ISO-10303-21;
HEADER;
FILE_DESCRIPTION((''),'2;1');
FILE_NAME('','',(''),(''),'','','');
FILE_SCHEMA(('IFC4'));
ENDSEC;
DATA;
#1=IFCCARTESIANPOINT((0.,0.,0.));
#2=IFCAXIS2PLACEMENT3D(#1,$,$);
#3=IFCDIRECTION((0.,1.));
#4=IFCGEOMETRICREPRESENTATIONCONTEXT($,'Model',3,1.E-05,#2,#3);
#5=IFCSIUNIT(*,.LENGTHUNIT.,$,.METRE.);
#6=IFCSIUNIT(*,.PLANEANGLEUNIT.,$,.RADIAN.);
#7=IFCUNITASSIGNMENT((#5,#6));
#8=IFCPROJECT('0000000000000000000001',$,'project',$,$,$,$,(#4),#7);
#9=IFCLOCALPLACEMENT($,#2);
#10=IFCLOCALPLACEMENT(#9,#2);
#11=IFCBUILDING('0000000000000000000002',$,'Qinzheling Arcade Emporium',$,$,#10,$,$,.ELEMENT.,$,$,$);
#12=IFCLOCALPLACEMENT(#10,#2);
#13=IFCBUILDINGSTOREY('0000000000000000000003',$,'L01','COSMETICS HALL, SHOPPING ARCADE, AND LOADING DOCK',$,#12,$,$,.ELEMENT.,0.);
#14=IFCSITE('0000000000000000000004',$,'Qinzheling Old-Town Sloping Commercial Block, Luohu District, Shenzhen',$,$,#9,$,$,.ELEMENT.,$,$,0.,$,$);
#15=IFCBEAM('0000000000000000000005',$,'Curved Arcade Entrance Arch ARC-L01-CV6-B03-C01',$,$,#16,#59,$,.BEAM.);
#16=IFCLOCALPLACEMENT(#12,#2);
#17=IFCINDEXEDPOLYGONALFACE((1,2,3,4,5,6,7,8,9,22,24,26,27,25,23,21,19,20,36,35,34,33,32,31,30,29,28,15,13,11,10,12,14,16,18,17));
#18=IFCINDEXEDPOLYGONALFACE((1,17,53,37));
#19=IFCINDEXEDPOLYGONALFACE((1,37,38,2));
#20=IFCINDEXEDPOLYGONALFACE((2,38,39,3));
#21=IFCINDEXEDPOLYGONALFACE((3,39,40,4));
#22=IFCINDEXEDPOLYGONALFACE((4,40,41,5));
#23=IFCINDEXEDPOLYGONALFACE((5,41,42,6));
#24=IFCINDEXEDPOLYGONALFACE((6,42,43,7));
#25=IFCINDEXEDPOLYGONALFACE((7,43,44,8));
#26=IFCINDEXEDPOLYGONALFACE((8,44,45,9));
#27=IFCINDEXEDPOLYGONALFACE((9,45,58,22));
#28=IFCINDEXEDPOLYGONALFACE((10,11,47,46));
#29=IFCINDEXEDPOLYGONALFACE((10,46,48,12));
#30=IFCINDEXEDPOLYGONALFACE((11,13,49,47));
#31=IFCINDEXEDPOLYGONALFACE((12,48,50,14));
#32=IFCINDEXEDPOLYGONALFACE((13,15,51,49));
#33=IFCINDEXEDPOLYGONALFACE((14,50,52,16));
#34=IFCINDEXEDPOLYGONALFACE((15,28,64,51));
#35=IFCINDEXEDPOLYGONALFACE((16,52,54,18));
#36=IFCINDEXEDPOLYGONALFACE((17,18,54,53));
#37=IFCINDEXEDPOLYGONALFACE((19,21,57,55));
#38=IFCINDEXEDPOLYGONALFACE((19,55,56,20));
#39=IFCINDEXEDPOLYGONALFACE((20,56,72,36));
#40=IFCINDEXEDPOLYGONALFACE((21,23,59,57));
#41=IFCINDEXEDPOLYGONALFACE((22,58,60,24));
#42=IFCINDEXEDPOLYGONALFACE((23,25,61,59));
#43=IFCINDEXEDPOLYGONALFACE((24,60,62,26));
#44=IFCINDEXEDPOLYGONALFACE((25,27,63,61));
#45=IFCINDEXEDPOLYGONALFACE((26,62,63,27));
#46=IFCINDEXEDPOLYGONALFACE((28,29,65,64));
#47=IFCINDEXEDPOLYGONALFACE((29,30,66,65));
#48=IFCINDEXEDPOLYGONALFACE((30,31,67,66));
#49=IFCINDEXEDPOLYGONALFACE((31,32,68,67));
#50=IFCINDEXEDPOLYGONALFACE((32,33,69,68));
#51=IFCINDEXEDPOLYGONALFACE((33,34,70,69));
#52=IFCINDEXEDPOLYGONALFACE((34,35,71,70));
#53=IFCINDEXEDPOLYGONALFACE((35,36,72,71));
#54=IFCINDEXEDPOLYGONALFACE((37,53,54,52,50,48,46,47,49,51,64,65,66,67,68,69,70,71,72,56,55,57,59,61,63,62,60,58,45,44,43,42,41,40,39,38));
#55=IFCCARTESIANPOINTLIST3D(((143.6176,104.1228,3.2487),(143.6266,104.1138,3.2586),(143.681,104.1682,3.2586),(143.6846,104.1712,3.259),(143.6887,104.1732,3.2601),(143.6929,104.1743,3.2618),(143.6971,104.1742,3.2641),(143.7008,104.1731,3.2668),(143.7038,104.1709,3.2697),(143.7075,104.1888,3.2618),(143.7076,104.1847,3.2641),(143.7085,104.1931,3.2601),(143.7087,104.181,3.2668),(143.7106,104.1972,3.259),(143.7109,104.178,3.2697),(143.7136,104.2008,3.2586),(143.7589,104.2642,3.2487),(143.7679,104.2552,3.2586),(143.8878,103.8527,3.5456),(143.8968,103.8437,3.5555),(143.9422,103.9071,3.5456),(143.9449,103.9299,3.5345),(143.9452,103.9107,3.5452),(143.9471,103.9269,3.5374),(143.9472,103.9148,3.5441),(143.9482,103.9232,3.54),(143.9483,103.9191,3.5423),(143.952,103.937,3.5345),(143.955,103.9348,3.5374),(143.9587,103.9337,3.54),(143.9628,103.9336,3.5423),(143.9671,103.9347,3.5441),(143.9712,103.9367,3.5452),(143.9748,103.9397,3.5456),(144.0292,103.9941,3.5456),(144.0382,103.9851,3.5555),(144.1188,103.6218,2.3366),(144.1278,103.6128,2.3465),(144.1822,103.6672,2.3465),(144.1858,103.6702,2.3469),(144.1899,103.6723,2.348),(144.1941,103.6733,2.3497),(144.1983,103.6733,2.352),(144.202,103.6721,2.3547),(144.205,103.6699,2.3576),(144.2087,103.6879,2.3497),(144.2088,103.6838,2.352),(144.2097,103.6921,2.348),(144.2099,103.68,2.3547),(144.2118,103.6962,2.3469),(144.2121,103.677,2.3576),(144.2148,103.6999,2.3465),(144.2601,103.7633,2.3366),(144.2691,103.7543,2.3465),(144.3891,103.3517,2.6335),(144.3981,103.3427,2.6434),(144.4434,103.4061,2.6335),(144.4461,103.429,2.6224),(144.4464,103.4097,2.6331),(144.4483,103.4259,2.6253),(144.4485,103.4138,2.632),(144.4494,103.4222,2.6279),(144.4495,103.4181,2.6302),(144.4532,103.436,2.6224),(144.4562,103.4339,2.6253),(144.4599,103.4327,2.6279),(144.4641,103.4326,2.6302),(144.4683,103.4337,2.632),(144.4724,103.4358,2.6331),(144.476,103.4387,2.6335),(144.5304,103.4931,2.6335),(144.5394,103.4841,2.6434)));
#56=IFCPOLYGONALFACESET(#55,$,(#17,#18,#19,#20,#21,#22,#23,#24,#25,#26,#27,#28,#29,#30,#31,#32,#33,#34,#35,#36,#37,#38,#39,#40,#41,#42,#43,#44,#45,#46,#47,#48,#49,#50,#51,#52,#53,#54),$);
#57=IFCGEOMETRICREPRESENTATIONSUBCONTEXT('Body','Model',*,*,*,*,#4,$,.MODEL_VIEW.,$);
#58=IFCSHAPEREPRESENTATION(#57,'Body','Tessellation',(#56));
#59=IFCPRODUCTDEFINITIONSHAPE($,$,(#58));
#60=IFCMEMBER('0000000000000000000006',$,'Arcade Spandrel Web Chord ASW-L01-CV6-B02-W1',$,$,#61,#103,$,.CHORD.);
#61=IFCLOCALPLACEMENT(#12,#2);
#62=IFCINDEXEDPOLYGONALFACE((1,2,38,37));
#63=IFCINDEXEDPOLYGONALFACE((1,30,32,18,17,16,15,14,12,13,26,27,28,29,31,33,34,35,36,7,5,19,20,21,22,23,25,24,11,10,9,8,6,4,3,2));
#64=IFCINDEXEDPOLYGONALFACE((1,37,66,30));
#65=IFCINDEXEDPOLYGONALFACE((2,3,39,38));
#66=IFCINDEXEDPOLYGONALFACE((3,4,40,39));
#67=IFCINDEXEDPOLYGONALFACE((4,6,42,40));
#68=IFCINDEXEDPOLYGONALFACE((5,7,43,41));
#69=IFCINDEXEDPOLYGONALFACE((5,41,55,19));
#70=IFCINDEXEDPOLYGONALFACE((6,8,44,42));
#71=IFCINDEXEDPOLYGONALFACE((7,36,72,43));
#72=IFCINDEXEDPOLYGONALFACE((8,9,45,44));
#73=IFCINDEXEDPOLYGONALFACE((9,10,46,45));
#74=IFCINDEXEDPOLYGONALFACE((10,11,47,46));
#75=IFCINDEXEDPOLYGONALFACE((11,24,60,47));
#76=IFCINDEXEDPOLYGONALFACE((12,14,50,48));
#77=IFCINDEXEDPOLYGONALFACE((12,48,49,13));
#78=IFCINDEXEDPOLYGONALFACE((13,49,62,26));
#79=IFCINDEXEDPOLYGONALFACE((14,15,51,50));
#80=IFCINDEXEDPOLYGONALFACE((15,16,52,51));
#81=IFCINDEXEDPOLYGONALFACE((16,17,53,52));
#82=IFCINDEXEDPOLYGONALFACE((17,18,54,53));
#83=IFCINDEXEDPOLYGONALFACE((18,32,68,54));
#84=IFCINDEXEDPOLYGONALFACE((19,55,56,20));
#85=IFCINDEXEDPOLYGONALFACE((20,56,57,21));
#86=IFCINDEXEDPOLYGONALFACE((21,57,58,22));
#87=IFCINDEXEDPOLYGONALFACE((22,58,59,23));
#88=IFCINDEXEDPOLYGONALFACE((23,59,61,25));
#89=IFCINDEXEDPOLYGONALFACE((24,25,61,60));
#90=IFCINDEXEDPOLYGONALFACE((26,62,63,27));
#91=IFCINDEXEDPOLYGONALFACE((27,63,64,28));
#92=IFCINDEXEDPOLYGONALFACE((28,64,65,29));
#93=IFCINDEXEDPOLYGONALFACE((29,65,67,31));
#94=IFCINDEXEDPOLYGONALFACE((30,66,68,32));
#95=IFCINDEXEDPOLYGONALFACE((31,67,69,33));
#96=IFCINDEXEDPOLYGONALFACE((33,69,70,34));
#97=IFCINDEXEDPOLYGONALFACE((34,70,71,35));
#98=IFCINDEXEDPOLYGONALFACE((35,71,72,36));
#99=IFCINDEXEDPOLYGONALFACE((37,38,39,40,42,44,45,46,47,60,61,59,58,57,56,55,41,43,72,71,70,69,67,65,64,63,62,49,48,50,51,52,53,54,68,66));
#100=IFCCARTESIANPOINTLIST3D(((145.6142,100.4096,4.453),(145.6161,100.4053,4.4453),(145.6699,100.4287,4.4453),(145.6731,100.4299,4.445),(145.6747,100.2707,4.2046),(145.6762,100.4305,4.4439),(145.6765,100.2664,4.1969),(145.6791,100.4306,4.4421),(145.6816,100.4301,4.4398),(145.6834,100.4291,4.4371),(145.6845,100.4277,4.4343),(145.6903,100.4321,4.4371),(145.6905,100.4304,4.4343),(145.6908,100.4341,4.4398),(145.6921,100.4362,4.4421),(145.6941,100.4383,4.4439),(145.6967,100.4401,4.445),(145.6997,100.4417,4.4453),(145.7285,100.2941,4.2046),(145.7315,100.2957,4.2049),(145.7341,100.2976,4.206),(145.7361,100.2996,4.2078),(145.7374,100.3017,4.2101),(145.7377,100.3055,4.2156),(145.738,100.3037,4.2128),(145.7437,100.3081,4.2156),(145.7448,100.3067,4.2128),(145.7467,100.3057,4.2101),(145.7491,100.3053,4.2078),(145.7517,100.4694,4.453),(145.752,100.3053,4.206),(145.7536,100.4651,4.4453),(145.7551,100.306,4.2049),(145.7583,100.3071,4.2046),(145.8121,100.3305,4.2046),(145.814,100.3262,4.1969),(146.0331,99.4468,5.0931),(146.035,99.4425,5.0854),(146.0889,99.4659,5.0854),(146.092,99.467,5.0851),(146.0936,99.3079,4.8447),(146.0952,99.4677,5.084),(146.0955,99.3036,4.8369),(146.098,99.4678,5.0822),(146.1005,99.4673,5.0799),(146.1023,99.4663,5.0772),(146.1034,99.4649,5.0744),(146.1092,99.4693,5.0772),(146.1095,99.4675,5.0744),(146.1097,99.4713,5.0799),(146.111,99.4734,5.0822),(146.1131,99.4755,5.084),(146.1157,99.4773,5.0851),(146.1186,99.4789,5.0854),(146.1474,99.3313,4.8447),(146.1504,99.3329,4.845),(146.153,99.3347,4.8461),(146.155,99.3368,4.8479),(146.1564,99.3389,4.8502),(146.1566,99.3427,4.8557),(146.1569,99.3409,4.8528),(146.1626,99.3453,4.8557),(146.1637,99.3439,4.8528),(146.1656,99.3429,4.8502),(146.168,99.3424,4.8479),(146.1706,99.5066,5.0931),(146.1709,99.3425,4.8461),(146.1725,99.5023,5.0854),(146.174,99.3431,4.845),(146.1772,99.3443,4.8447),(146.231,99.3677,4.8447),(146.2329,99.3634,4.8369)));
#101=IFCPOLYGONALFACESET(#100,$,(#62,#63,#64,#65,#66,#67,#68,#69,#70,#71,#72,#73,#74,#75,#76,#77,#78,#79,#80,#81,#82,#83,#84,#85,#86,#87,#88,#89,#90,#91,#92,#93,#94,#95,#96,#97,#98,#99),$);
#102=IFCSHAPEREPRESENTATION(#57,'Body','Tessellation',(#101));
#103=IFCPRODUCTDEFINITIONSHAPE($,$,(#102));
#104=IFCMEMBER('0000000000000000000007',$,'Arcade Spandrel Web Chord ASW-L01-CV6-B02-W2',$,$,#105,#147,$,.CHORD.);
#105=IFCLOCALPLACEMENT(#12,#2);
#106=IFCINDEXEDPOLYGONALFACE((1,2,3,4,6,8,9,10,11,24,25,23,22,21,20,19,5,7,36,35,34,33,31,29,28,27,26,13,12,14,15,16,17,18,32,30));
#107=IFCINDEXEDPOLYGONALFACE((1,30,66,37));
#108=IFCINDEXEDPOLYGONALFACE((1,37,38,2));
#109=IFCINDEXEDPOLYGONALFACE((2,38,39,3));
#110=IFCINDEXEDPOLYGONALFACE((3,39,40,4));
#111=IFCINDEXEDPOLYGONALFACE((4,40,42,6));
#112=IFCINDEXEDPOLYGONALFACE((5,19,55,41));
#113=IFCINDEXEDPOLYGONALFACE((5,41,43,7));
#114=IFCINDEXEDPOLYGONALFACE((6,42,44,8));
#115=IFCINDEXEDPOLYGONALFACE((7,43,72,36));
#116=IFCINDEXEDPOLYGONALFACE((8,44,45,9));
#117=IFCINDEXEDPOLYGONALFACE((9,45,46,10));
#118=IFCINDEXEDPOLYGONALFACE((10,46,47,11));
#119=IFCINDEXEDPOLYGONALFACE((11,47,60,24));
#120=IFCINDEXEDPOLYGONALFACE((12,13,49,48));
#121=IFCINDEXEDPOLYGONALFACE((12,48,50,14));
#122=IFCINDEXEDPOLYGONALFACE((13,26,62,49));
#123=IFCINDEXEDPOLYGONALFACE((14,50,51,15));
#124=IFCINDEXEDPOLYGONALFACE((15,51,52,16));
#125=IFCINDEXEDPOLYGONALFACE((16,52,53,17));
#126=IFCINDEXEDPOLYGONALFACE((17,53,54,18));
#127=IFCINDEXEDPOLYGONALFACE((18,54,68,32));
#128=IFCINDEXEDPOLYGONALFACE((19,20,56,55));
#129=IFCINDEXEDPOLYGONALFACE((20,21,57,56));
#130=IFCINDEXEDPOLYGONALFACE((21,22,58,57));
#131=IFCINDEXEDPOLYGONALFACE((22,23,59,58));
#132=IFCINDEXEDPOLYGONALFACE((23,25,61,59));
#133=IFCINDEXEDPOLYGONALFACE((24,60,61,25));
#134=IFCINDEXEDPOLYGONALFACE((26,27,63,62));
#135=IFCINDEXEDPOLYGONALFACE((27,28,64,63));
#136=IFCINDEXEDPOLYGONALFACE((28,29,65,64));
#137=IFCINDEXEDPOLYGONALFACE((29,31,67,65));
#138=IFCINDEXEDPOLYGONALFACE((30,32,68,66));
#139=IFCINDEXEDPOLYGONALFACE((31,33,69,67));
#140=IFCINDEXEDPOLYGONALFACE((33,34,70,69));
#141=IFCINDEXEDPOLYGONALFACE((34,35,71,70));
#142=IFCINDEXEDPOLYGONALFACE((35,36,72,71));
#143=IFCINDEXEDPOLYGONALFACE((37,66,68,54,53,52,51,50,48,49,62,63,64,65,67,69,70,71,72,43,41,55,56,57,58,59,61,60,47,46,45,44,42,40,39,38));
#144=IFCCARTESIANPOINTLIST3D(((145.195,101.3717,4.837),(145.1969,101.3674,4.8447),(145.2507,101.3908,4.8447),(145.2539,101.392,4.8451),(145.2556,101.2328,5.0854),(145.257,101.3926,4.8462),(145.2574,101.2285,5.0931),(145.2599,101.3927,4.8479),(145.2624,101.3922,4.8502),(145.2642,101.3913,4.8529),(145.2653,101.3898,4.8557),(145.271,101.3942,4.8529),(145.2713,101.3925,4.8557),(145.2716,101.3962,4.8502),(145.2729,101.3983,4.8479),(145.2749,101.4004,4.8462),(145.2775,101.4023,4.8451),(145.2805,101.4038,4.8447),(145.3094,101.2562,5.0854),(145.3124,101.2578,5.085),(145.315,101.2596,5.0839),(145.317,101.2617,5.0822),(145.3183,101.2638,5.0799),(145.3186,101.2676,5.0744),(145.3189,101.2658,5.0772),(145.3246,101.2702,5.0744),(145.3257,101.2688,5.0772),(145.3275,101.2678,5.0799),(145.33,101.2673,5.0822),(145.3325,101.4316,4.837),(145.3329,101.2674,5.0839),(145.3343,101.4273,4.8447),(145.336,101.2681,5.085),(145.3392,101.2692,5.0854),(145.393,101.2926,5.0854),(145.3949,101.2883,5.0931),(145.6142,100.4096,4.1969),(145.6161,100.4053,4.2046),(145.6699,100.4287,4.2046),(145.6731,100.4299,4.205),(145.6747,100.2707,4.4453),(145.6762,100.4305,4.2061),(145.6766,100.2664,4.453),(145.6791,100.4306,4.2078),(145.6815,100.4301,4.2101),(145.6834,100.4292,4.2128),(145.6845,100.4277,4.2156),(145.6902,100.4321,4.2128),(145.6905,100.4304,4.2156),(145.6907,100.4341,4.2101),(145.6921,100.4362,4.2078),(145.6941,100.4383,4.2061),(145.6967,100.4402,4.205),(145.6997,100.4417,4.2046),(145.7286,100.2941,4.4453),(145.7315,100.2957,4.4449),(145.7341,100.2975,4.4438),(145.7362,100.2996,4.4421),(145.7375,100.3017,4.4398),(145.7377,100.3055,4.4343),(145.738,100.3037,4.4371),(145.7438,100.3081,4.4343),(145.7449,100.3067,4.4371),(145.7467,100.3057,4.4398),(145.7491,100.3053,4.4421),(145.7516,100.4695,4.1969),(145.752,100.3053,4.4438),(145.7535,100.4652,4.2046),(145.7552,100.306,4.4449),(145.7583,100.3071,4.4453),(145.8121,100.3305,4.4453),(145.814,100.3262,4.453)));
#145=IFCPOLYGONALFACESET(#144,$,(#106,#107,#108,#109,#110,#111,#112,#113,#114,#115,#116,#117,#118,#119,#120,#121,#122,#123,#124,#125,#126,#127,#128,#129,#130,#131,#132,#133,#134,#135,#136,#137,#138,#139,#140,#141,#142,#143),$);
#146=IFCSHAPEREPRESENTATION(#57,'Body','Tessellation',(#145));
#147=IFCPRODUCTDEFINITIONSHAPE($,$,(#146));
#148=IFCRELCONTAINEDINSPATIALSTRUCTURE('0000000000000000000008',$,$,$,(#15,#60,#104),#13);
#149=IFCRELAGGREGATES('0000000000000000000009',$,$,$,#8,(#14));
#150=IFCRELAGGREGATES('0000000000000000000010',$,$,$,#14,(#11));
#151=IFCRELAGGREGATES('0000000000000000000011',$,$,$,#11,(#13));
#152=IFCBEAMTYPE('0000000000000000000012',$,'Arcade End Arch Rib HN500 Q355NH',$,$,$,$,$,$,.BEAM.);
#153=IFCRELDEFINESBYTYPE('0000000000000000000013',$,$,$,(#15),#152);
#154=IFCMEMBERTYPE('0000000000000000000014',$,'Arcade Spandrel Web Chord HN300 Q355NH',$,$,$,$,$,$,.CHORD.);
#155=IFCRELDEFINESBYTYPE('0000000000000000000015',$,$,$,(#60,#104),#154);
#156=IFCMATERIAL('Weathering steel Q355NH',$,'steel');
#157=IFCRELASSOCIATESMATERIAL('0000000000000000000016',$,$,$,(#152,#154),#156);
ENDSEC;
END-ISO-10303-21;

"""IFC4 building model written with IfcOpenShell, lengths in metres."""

from ifc_helpers import new_model, si_unit, direction, frame, origin, origin_2d, place, context, subcontext, project, spatial, i_section, extrude, material, material_profile, profile_set, type_object, element, save


model = new_model("IFC4")

# Units and contexts
model_context = context("Model", 3, precision=1e-05, world=origin(), true_north=direction((0.0, 1.0)))
body_context = subcontext(model_context, "Body", "Model", "MODEL_VIEW")
ifc_project = project(units=[si_unit("LENGTHUNIT", "METRE"), si_unit("PLANEANGLEUNIT", "RADIAN")], contexts=[model_context])

# Site, building, storey
site_placement = place(None, origin())
site = spatial("IfcSite", under=ifc_project, at=site_placement, Name="Qinzheling Old-Town Sloping Commercial Block, Luohu District, Shenzhen", CompositionType="ELEMENT", RefElevation=0.0)
building_placement = place(site_placement, origin())
building = spatial("IfcBuilding", under=site, at=building_placement, Name="Qinzheling Arcade Emporium", CompositionType="ELEMENT")
storey_placement = place(building_placement, origin())
storey = spatial("IfcBuildingStorey", under=building, at=storey_placement, Name="L01", Description="COSMETICS HALL, SHOPPING ARCADE, AND LOADING DOCK", CompositionType="ELEMENT", Elevation=0.0)

# Beam
ifc_material_1 = material(Name="Weathering steel Q355NH", Category="steel")
ifc_material_profile_1 = material_profile(ifc_material_1, i_section(OverallWidth=0.2, OverallDepth=0.5, WebThickness=0.01, FlangeThickness=0.0161, FilletRadius=0.0181, at=origin_2d()), Name="HN 500x200x10x16", Category="steel")
ifc_profile_set_1 = profile_set([ifc_material_profile_1], Name="Weathering steel Q355NH")
beam_type_1 = type_object("IfcBeamType", Name="Arcade End Arch Rib HN500 Q355NH", PredefinedType="BEAM", material=ifc_profile_set_1)
beam_1_placement = place(storey_placement, frame((144.3291, 103.553, 2.49), z_axis=(-0.433938, 0.433727, 0.78967), x_axis=(-0.706935, -0.707279, 0.0)))
element("IfcBeam", 1, at=beam_1_placement, inside=storey, type_object=beam_type_1, Name="Curved Arcade Entrance Arch ARC-L01-CV6-B03-C01", PredefinedType="BEAM", context=body_context, shape_type="SweptSolid", body=[
    extrude(i_section(OverallWidth=0.2, OverallDepth=0.5, WebThickness=0.01, FlangeThickness=0.0161, FilletRadius=0.0181, at=origin_2d()), origin(), (0.0, 0.0, 1.0), 1.155),
])

# Members
ifc_material_profile_2 = material_profile(ifc_material_1, i_section(OverallWidth=0.1499, OverallDepth=0.3, WebThickness=0.0066, FlangeThickness=0.009, FilletRadius=0.0129, at=origin_2d()), Name="HN 300x150x6.5x9", Category="steel")
ifc_profile_set_2 = profile_set([ifc_material_profile_2], Name="Weathering steel Q355NH")
member_type_1 = type_object("IfcMemberType", Name="Arcade Spandrel Web Chord HN300 Q355NH", PredefinedType="CHORD", material=ifc_profile_set_2)
member_1_placement = place(storey_placement, frame((145.7141, 100.3679, 4.325), z_axis=(0.340657, -0.782955, 0.520514), x_axis=(0.916967, 0.398964, 0.0)))
element("IfcMember", 2, at=member_1_placement, inside=storey, type_object=member_type_1, Name="Arcade Spandrel Web Chord ASW-L01-CV6-B02-W1", PredefinedType="CHORD", context=body_context, shape_type="SweptSolid", body=[
    extrude(i_section(OverallWidth=0.1499, OverallDepth=0.3, WebThickness=0.0066, FlangeThickness=0.009, FilletRadius=0.0129, at=origin_2d()), origin(), (0.0, 0.0, 1.0), 1.2297),
])
member_2_placement = place(storey_placement, frame((145.7141, 100.3679, 4.325), z_axis=(-0.340991, 0.782671, 0.520722), x_axis=(-0.91677, -0.399415, 0.0)))
element("IfcMember", 3, at=member_2_placement, inside=storey, type_object=member_type_1, Name="Arcade Spandrel Web Chord ASW-L01-CV6-B02-W2", PredefinedType="CHORD", context=body_context, shape_type="SweptSolid", body=[
    extrude(i_section(OverallWidth=0.1499, OverallDepth=0.3, WebThickness=0.0066, FlangeThickness=0.009, FilletRadius=0.0129, at=origin_2d()), origin(), (0.0, 0.0, 1.0), 1.2292),
])

save(model, "model.ifc")
